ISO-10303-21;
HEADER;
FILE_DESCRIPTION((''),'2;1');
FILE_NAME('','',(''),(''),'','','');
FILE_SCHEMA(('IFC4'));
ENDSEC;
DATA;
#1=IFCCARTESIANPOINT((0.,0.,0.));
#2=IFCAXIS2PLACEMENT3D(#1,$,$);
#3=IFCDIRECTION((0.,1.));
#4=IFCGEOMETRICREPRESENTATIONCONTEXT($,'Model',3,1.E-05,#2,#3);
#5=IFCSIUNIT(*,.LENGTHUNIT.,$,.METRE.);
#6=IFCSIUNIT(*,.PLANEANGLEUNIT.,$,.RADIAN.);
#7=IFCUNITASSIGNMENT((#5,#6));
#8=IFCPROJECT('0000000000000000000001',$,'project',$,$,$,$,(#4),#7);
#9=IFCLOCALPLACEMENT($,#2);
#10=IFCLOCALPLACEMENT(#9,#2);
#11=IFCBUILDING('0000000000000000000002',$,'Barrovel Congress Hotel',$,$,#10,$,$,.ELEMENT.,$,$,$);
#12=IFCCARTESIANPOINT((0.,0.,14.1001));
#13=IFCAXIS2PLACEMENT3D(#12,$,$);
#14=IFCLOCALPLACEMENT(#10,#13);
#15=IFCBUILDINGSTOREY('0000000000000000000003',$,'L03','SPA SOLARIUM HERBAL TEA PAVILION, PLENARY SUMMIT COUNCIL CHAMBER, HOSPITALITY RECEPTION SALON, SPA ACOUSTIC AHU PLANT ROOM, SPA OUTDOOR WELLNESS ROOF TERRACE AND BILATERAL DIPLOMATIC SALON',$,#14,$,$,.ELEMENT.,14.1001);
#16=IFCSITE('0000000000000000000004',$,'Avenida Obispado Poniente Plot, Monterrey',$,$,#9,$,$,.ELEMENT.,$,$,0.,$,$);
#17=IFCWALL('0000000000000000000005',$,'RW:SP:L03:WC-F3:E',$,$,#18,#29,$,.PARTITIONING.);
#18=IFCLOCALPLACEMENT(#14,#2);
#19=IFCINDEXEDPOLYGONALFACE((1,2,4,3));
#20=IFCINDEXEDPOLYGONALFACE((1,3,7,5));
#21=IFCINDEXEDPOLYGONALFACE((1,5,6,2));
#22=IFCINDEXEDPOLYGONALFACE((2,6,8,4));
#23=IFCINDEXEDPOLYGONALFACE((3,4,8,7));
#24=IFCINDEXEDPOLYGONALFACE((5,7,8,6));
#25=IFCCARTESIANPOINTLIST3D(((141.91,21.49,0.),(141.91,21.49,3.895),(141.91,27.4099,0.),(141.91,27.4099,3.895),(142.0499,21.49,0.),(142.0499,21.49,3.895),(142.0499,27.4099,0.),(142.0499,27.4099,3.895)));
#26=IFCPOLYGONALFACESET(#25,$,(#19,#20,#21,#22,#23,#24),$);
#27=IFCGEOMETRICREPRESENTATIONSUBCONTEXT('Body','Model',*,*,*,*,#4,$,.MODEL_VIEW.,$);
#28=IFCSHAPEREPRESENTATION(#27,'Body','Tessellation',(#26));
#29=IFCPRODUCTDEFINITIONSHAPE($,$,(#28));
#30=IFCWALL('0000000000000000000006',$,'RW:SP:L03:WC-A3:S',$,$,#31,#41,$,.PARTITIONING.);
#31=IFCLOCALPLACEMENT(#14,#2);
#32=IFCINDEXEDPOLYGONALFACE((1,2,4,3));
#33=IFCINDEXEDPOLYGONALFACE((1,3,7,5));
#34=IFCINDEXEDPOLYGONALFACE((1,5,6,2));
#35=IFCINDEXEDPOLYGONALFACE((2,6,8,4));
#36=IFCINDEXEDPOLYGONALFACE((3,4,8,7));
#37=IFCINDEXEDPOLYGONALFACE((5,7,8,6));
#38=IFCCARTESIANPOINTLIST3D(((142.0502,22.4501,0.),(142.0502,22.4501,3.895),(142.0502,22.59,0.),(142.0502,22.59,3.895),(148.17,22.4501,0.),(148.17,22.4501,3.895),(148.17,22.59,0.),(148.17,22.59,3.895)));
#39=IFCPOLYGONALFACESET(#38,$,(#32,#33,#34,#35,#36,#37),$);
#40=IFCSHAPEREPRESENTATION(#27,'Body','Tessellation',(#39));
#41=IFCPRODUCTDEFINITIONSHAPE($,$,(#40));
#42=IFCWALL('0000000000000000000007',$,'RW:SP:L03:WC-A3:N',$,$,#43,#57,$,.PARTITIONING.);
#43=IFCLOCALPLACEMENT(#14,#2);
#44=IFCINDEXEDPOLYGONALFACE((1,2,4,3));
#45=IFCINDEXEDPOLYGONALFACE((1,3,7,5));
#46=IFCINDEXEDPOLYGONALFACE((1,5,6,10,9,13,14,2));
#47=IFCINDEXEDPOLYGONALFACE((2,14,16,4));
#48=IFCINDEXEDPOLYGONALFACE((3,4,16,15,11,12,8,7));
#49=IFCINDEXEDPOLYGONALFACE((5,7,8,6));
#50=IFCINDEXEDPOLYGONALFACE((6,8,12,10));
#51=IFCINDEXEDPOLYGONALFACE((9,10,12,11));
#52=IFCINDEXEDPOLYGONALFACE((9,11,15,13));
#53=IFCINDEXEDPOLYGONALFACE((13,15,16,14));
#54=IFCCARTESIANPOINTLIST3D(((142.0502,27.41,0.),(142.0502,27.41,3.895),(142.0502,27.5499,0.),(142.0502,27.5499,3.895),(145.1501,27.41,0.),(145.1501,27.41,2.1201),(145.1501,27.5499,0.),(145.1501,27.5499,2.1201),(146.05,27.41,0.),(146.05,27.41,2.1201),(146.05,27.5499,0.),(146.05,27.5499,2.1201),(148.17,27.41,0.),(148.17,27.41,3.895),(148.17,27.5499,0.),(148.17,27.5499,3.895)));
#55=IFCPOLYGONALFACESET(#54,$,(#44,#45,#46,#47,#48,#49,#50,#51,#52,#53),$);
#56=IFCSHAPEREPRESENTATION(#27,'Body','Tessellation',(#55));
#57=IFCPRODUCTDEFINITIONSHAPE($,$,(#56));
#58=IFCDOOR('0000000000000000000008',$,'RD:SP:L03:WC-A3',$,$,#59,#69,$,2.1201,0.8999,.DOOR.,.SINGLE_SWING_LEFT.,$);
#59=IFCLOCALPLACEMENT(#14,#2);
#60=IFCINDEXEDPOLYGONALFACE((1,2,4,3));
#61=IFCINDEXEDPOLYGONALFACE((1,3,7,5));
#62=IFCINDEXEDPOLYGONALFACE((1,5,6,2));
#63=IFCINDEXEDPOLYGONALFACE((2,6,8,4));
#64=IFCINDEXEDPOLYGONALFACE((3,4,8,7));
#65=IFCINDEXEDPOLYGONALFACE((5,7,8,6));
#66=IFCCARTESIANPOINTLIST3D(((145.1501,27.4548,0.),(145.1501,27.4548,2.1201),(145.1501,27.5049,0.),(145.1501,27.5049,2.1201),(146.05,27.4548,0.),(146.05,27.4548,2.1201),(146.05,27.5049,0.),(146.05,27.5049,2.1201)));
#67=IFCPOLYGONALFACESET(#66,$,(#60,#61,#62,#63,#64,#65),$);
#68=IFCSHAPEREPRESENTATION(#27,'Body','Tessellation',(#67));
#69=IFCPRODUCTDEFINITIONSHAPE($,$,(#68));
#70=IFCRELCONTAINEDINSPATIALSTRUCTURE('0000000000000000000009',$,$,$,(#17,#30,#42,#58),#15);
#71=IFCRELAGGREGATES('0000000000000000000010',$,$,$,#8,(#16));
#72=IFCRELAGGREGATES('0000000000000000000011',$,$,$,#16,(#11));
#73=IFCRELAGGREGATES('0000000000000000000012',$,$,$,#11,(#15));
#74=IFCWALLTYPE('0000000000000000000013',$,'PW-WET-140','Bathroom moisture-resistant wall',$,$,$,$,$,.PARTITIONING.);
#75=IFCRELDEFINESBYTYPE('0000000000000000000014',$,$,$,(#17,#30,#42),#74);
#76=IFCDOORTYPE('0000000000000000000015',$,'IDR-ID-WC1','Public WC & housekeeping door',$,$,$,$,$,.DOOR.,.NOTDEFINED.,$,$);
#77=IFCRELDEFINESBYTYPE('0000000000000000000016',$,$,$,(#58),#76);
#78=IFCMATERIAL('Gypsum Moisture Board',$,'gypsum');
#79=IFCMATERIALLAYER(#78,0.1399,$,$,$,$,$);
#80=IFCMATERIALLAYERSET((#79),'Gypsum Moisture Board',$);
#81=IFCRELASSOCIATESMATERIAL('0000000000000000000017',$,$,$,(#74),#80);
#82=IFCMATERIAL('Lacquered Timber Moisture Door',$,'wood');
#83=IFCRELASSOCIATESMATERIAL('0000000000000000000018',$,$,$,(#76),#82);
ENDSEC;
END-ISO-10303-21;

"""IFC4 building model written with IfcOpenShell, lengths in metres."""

from ifc_helpers import new_model, si_unit, direction, frame, frame_2d, origin, place, context, subcontext, project, spatial, rectangle, extrude, material, layer, layer_set, type_object, element, fill, save


model = new_model("IFC4")

# Units and contexts
model_context = context("Model", 3, precision=1e-05, world=origin(), true_north=direction((0.0, 1.0)))
body_context = subcontext(model_context, "Body", "Model", "MODEL_VIEW")
ifc_project = project(units=[si_unit("LENGTHUNIT", "METRE"), si_unit("PLANEANGLEUNIT", "RADIAN")], contexts=[model_context])

# Site, building, storey
site_placement = place(None, origin())
site = spatial("IfcSite", under=ifc_project, at=site_placement, Name="Avenida Obispado Poniente Plot, Monterrey", CompositionType="ELEMENT", RefElevation=0.0)
building_placement = place(site_placement, origin())
building = spatial("IfcBuilding", under=site, at=building_placement, Name="Barrovel Congress Hotel", CompositionType="ELEMENT")
storey_placement = place(building_placement, frame((0.0, 0.0, 14.1001)))
storey = spatial("IfcBuildingStorey", under=building, at=storey_placement, Name="L03", Description="SPA SOLARIUM HERBAL TEA PAVILION, PLENARY SUMMIT COUNCIL CHAMBER, HOSPITALITY RECEPTION SALON, SPA ACOUSTIC AHU PLANT ROOM, SPA OUTDOOR WELLNESS ROOF TERRACE AND BILATERAL DIPLOMATIC SALON", CompositionType="ELEMENT", Elevation=14.1001)

# Shared definitions
ifc_material_1 = material(Name="Gypsum Moisture Board", Category="gypsum")
ifc_layer = layer(ifc_material_1, 0.1399)
ifc_layer_set = layer_set([ifc_layer], Name="Gypsum Moisture Board")
wall_type = type_object("IfcWallType", Name="PW-WET-140", Description="Bathroom moisture-resistant wall", PredefinedType="PARTITIONING", material=ifc_layer_set)
ifc_material_2 = material(Name="Lacquered Timber Moisture Door", Category="wood")
door_type = type_object("IfcDoorType", Name="IDR-ID-WC1", Description="Public WC & housekeeping door", OperationType="NOTDEFINED", PredefinedType="DOOR", material=ifc_material_2)

# Walls
wall_1_placement = place(storey_placement, frame((141.98, 21.49, 0.0), z_axis=(0.0, 0.0, 1.0), x_axis=(0.0, 1.0, 0.0)))
element("IfcWall", 1, at=wall_1_placement, inside=storey, type_object=wall_type, Name="RW:SP:L03:WC-F3:E", PredefinedType="PARTITIONING", context=body_context, shape_type="SweptSolid", body=[
    extrude(rectangle(XDim=5.9199, YDim=0.1399, at=frame_2d((2.96, 0.0))), origin(), (0.0, 0.0, 1.0), 3.895),
])
wall_2_placement = place(storey_placement, frame((142.05, 22.52, 0.0), z_axis=(0.0, 0.0, 1.0), x_axis=(1.0, 0.0, 0.0)))
element("IfcWall", 2, at=wall_2_placement, inside=storey, type_object=wall_type, Name="RW:SP:L03:WC-A3:S", PredefinedType="PARTITIONING", context=body_context, shape_type="SweptSolid", body=[
    extrude(rectangle(XDim=6.1199, YDim=0.1399, at=frame_2d((3.0601, 0.0))), origin(), (0.0, 0.0, 1.0), 3.895),
])

# Wall, opening, door
wall_3_placement = place(storey_placement, frame((142.05, 27.48, 0.0), z_axis=(0.0, 0.0, 1.0), x_axis=(1.0, 0.0, 0.0)))
wall_3 = element("IfcWall", 3, at=wall_3_placement, inside=storey, type_object=wall_type, Name="RW:SP:L03:WC-A3:N", PredefinedType="PARTITIONING", context=body_context, shape_type="SweptSolid", body=[
    extrude(rectangle(XDim=6.1199, YDim=0.1399, at=frame_2d((3.0601, 0.0))), origin(), (0.0, 0.0, 1.0), 3.895),
])
opening_1_placement = place(wall_3_placement, frame((3.1001, 0.0, 0.0)))
opening_1 = element("IfcOpeningElement", 4, at=opening_1_placement, cuts=wall_3, PredefinedType="OPENING", context=body_context, shape_type="SweptSolid", body=[
    extrude(rectangle(XDim=0.8999, YDim=2.1201, at=frame_2d((0.45, 1.0601))), frame((0.0, 0.0801, 0.0), z_axis=(0.0, -1.0, 0.0), x_axis=(1.0, 0.0, 0.0)), (0.0, 0.0, 1.0), 0.1599),
])
door_1_placement = place(opening_1_placement, origin())
door_1 = element("IfcDoor", 5, at=door_1_placement, inside=storey, type_object=door_type, Name="RD:SP:L03:WC-A3", OperationType="SINGLE_SWING_LEFT", OverallHeight=2.1201, OverallWidth=0.8999, PredefinedType="DOOR", context=body_context, shape_type="SweptSolid", body=[
    extrude(rectangle(XDim=0.8999, YDim=2.1201, at=frame_2d((0.45, 1.0601))), frame((0.0, 0.0249, 0.0), z_axis=(0.0, -1.0, 0.0), x_axis=(1.0, 0.0, 0.0)), (0.0, 0.0, 1.0), 0.05),
])
fill(opening_1, door_1)

save(model, "model.ifc")
